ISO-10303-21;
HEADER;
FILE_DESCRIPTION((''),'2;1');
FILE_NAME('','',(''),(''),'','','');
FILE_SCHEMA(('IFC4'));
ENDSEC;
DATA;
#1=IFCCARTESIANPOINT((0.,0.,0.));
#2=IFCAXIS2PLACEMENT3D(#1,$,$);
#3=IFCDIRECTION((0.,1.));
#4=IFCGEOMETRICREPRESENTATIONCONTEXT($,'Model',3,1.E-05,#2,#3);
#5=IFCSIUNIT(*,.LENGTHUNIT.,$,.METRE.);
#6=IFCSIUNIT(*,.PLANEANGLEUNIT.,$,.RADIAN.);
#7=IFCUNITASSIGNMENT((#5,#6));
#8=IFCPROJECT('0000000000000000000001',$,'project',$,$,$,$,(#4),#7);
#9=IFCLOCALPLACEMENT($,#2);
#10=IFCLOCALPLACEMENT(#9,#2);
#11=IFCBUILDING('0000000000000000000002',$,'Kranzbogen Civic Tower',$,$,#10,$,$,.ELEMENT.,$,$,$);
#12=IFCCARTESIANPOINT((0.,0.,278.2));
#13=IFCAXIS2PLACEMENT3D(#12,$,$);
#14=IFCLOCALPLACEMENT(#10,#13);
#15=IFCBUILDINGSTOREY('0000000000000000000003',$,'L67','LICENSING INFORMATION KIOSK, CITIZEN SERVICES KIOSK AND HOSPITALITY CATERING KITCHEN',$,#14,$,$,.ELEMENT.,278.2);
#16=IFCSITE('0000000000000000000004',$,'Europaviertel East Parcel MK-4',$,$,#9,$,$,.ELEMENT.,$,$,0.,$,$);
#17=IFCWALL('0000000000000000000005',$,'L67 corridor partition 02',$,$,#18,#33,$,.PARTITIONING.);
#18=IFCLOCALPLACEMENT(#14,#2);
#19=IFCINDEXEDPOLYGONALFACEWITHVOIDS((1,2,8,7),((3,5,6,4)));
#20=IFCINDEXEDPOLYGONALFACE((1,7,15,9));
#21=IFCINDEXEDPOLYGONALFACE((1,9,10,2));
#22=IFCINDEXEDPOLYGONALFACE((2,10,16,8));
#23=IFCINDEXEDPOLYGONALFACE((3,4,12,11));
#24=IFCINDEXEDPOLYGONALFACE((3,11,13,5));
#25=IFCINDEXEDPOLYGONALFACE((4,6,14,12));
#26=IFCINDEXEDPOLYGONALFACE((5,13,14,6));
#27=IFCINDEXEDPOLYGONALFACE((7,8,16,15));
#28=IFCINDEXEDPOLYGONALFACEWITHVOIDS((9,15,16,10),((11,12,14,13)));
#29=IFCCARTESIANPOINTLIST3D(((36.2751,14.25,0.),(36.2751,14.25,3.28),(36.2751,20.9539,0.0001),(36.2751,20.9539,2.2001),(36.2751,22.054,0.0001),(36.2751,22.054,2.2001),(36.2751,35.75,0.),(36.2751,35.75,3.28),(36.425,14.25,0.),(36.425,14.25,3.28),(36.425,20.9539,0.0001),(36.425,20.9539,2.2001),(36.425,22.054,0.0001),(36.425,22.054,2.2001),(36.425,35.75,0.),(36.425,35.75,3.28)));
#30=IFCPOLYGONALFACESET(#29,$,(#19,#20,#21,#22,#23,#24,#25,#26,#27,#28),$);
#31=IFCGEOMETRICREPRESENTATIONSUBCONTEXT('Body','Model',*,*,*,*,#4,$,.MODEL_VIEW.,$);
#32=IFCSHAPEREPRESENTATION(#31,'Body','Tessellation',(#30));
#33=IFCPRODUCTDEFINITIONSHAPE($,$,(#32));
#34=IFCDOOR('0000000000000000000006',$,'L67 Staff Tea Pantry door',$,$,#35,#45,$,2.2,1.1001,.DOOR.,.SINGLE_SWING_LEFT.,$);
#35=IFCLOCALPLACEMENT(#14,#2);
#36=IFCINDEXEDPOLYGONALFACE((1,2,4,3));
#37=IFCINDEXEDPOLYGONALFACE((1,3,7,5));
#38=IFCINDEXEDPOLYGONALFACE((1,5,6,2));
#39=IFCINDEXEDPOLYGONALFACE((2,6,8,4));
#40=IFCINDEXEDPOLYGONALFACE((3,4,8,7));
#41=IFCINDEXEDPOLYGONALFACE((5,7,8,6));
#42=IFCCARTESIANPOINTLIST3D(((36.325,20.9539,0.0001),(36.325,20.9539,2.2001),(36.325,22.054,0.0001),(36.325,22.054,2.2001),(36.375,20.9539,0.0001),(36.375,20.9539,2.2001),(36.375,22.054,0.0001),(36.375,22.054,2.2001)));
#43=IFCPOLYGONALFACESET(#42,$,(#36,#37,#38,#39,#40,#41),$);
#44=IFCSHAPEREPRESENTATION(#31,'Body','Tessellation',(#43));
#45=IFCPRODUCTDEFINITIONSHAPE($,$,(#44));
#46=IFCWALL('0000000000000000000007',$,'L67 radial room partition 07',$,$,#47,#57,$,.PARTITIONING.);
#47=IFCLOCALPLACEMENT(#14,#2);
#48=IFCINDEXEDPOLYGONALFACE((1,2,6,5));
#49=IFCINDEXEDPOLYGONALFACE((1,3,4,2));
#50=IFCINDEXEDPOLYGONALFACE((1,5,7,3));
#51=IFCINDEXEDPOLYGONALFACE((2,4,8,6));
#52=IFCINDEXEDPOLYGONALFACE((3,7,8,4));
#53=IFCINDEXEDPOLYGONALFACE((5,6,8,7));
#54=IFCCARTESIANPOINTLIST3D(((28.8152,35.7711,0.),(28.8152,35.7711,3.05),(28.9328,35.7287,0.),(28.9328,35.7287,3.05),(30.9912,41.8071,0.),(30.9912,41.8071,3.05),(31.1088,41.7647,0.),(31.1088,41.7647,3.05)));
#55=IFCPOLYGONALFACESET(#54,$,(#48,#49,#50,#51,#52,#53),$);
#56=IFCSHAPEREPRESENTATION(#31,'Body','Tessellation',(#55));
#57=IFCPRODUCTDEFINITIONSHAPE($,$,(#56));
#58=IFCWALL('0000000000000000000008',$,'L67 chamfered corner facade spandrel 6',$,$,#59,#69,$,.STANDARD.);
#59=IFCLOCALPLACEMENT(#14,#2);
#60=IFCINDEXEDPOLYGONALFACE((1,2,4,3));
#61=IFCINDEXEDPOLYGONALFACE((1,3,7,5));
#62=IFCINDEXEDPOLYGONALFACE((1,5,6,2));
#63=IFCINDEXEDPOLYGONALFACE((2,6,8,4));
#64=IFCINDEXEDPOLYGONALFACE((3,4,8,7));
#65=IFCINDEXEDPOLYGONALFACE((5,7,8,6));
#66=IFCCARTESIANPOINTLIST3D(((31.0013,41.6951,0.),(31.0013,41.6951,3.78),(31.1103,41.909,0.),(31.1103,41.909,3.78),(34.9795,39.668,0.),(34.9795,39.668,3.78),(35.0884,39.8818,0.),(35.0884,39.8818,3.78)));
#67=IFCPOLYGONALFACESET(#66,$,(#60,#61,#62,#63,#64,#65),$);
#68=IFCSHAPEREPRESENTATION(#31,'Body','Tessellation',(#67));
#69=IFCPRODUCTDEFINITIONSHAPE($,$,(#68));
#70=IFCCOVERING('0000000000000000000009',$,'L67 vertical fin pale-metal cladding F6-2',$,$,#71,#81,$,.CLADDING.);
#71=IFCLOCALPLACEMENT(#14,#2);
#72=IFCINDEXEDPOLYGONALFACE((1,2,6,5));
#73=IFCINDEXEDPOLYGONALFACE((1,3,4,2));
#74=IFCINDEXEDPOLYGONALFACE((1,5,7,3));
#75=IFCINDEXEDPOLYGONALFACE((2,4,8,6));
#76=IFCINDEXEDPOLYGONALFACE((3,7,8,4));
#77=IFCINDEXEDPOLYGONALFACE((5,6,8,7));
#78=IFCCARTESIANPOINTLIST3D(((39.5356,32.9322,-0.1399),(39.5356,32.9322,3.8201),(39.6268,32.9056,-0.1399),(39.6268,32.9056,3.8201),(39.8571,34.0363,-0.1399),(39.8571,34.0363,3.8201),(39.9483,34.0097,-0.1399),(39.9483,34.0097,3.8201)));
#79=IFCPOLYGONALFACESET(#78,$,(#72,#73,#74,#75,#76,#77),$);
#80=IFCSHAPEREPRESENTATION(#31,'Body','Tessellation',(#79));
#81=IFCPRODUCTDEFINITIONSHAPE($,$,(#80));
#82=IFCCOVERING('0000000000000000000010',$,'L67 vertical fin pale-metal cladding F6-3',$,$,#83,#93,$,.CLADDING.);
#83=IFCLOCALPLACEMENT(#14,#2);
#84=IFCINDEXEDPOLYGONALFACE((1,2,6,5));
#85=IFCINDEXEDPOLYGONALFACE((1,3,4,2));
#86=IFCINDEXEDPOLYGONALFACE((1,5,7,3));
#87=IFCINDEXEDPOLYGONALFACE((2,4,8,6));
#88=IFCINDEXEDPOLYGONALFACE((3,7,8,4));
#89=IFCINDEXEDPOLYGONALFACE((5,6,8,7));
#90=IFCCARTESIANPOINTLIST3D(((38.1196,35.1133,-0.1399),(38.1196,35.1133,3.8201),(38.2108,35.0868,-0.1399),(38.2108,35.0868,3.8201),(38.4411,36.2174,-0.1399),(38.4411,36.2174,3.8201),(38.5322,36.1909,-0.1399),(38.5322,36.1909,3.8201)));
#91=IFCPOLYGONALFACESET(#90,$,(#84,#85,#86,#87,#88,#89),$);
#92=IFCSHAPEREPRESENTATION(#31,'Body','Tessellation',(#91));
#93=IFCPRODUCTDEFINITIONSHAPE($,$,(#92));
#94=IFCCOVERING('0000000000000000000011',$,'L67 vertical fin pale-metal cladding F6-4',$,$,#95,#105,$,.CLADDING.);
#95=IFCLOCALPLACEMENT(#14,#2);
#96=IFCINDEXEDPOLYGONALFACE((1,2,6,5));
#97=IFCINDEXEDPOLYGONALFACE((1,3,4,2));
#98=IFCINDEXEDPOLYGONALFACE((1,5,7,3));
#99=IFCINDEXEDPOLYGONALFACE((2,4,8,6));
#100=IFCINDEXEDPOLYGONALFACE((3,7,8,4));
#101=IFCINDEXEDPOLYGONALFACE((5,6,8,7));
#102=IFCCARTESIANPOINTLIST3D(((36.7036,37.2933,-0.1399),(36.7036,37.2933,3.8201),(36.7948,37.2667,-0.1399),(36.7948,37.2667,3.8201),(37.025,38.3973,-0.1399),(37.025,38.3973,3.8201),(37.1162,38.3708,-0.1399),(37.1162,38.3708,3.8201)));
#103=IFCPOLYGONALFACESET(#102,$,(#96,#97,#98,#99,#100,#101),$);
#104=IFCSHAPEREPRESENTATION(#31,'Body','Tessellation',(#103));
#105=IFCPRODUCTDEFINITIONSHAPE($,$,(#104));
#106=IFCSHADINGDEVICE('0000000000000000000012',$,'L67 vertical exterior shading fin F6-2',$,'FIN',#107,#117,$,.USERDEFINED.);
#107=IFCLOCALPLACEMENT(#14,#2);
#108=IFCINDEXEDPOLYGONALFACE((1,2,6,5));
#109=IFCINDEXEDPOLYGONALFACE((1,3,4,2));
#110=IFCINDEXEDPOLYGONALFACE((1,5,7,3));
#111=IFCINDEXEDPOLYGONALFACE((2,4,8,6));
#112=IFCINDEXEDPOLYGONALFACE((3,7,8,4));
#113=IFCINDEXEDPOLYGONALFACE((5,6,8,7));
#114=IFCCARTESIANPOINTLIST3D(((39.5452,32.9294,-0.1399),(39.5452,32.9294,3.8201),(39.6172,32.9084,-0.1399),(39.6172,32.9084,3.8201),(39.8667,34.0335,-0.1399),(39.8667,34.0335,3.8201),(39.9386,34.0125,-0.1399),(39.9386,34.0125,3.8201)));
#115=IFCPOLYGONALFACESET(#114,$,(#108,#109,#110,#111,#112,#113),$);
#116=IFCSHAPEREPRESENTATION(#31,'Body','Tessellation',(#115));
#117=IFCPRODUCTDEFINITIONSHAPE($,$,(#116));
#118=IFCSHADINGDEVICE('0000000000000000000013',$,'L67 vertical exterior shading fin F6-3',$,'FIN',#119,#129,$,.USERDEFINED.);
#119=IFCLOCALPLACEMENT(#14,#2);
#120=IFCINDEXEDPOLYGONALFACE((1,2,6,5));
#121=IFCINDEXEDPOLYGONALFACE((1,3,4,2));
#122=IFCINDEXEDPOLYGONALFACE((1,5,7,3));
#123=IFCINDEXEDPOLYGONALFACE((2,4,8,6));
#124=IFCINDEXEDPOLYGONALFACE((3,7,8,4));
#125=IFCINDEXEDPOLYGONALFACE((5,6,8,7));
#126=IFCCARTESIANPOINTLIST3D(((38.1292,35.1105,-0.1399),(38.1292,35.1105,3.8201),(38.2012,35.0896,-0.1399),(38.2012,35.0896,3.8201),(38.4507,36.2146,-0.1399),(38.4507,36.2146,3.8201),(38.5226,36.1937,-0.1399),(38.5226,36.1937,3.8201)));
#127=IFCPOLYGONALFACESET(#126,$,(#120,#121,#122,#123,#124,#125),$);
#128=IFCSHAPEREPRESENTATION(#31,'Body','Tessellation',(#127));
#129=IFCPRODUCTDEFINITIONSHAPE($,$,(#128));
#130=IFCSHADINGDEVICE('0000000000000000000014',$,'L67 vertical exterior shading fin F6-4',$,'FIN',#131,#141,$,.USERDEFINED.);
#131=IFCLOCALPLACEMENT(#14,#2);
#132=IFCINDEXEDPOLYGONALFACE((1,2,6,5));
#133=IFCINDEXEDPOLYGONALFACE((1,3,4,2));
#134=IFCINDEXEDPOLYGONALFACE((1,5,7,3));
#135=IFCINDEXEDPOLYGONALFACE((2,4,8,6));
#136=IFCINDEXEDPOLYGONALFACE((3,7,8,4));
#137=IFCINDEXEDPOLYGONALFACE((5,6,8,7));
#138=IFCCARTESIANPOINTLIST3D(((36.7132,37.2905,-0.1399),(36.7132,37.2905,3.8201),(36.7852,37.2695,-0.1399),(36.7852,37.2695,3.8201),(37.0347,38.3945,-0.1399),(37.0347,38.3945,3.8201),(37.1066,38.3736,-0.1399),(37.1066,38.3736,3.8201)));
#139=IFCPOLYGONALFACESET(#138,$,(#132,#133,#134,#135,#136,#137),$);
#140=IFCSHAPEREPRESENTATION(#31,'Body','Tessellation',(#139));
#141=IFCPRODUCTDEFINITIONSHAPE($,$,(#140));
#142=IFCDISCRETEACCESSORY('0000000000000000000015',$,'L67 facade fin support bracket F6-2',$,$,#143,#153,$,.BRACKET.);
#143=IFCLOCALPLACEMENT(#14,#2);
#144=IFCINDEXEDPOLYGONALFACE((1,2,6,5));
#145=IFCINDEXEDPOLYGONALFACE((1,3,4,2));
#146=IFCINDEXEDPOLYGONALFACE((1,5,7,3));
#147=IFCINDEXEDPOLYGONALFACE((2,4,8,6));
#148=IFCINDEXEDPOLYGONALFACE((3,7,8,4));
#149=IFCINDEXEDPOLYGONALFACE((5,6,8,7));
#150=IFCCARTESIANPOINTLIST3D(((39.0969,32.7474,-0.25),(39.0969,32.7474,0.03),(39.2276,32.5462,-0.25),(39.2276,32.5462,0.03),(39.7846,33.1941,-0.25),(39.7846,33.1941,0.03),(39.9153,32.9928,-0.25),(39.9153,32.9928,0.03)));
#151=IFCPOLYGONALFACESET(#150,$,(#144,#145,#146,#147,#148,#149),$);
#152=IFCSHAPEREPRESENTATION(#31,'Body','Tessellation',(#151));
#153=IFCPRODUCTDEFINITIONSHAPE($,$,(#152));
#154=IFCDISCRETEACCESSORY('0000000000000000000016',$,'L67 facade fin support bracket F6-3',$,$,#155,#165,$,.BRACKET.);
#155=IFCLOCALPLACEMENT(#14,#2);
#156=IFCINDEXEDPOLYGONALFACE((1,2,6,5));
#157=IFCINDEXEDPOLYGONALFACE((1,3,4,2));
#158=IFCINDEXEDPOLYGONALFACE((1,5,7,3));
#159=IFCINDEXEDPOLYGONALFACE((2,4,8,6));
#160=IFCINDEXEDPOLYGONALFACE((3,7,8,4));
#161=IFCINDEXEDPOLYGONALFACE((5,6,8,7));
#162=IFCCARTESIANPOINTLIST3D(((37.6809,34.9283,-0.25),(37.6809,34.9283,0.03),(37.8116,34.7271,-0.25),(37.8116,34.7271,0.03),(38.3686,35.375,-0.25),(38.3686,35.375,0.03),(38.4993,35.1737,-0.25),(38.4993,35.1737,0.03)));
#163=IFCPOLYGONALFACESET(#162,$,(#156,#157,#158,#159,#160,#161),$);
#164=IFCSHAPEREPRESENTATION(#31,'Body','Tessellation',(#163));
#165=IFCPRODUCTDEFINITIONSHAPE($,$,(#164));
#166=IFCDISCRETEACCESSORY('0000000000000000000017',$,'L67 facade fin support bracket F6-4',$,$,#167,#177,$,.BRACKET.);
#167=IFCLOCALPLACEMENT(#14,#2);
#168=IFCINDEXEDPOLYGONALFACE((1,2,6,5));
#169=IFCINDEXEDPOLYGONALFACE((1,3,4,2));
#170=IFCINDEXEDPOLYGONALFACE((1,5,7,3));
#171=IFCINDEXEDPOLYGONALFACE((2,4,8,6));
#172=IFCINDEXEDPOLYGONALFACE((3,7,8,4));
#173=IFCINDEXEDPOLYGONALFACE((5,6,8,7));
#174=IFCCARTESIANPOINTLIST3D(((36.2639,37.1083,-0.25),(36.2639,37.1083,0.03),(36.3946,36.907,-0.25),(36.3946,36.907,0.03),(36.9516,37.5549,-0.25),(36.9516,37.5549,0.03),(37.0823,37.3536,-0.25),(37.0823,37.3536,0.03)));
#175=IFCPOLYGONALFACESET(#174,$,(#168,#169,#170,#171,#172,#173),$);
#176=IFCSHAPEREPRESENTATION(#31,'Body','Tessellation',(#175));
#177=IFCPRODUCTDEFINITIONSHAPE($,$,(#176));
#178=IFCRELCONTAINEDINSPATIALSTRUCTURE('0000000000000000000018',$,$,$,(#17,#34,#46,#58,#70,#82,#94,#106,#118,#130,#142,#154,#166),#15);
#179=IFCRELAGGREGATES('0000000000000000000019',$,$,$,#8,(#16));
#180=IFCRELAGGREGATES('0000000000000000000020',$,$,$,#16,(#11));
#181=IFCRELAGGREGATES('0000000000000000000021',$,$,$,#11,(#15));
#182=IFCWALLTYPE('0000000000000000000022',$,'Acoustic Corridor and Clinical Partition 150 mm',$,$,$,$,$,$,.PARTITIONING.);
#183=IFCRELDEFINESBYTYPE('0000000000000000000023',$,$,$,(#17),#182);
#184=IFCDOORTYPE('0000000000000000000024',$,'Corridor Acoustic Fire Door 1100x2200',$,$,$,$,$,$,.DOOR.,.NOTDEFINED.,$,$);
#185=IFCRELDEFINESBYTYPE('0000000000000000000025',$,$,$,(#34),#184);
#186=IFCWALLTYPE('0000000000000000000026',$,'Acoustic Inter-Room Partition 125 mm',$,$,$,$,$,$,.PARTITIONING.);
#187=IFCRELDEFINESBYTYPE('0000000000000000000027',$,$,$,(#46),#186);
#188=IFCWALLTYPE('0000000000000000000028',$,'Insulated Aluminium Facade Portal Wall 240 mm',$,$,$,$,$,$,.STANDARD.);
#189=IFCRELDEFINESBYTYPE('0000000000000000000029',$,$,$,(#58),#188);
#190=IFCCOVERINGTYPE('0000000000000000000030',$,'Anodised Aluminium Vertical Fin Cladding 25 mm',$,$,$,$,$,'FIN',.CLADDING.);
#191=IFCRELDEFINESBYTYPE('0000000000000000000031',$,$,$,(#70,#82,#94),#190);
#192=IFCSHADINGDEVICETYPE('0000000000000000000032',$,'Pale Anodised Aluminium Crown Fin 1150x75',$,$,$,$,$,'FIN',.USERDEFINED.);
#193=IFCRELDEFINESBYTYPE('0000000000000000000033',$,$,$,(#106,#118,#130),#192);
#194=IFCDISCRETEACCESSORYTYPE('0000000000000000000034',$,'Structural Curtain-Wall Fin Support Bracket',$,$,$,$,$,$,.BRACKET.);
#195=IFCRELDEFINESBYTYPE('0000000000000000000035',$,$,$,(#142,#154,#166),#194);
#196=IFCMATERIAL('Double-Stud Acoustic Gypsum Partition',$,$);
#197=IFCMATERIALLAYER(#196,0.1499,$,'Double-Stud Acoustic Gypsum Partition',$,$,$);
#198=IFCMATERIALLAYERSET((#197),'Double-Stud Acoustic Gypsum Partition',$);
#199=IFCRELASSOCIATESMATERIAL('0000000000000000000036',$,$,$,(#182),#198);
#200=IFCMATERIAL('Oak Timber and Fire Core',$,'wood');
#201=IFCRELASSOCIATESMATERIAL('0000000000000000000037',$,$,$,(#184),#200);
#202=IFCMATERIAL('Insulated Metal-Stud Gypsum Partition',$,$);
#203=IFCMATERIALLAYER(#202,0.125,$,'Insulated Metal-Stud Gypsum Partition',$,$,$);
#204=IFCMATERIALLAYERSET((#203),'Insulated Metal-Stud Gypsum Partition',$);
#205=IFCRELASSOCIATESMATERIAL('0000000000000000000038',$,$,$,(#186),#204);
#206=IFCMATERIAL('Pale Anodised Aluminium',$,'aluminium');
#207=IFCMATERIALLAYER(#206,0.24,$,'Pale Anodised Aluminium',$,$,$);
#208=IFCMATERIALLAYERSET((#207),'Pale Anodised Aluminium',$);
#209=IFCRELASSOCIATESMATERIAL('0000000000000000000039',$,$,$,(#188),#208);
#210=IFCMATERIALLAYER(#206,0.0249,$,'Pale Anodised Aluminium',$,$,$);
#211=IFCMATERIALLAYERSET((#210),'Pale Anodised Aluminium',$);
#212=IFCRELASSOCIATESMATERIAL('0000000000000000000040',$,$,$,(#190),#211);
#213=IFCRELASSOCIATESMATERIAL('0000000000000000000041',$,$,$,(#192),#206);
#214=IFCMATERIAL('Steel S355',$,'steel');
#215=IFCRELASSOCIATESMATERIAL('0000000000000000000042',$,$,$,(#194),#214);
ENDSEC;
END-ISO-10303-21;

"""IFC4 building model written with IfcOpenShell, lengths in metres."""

from ifc_helpers import new_model, si_unit, direction, frame, frame_2d, origin, origin_2d, place, context, subcontext, project, spatial, rectangle, extrude, material, layer, layer_set, type_object, element, fill, save


model = new_model("IFC4")

# Units and contexts
model_context = context("Model", 3, precision=1e-05, world=origin(), true_north=direction((0.0, 1.0)))
body_context = subcontext(model_context, "Body", "Model", "MODEL_VIEW")
ifc_project = project(units=[si_unit("LENGTHUNIT", "METRE"), si_unit("PLANEANGLEUNIT", "RADIAN")], contexts=[model_context])

# Site, building, storey
site_placement = place(None, origin())
site = spatial("IfcSite", under=ifc_project, at=site_placement, Name="Europaviertel East Parcel MK-4", CompositionType="ELEMENT", RefElevation=0.0)
building_placement = place(site_placement, origin())
building = spatial("IfcBuilding", under=site, at=building_placement, Name="Kranzbogen Civic Tower", CompositionType="ELEMENT")
storey_placement = place(building_placement, frame((0.0, 0.0, 278.2)))
storey = spatial("IfcBuildingStorey", under=building, at=storey_placement, Name="L67", Description="LICENSING INFORMATION KIOSK, CITIZEN SERVICES KIOSK AND HOSPITALITY CATERING KITCHEN", CompositionType="ELEMENT", Elevation=278.2)

# Shared definitions
ifc_material_1 = material(Name="Steel S355", Category="steel")

# Shared definitions
ifc_material_2 = material(Name="Pale Anodised Aluminium", Category="aluminium")

# Wall, opening, door
ifc_material_3 = material(Name="Double-Stud Acoustic Gypsum Partition")
ifc_layer_1 = layer(ifc_material_3, 0.1499, Name="Double-Stud Acoustic Gypsum Partition")
ifc_layer_set_1 = layer_set([ifc_layer_1], Name="Double-Stud Acoustic Gypsum Partition")
wall_type_1 = type_object("IfcWallType", Name="Acoustic Corridor and Clinical Partition 150 mm", PredefinedType="PARTITIONING", material=ifc_layer_set_1)
wall_1_placement = place(storey_placement, frame((36.3501, 35.75, 0.0), z_axis=(0.0, 0.0, 1.0), x_axis=(0.0, -1.0, 0.0)))
wall_1 = element("IfcWall", 1, at=wall_1_placement, inside=storey, type_object=wall_type_1, Name="L67 corridor partition 02", PredefinedType="PARTITIONING", context=body_context, shape_type="SweptSolid", body=[
    extrude(rectangle(XDim=21.5, YDim=0.1499, at=frame_2d((10.75, 0.0))), origin(), (0.0, 0.0, 1.0), 3.28),
])
opening_placement = place(wall_1_placement, frame((13.696, 0.0, 0.0)))
opening = element("IfcOpeningElement", 2, at=opening_placement, cuts=wall_1, PredefinedType="OPENING", context=body_context, shape_type="SweptSolid", body=[
    extrude(rectangle(XDim=1.1001, YDim=2.2, at=frame_2d((0.55, 1.1001))), frame((0.0, 0.085, 0.0), z_axis=(0.0, -1.0, 0.0), x_axis=(1.0, 0.0, 0.0)), (0.0, 0.0, 1.0), 0.1699),
])
ifc_material_4 = material(Name="Oak Timber and Fire Core", Category="wood")
door_type = type_object("IfcDoorType", Name="Corridor Acoustic Fire Door 1100x2200", OperationType="NOTDEFINED", PredefinedType="DOOR", material=ifc_material_4)
door_placement = place(opening_placement, origin())
door = element("IfcDoor", 3, at=door_placement, inside=storey, type_object=door_type, Name="L67 Staff Tea Pantry door", OperationType="SINGLE_SWING_LEFT", OverallHeight=2.2, OverallWidth=1.1001, PredefinedType="DOOR", context=body_context, shape_type="SweptSolid", body=[
    extrude(rectangle(XDim=1.1001, YDim=2.2, at=frame_2d((0.55, 1.1001))), frame((0.0, 0.0249, 0.0), z_axis=(0.0, -1.0, 0.0), x_axis=(1.0, 0.0, 0.0)), (0.0, 0.0, 1.0), 0.05),
])
fill(opening, door)

# Walls
ifc_material_5 = material(Name="Insulated Metal-Stud Gypsum Partition")
ifc_layer_2 = layer(ifc_material_5, 0.125, Name="Insulated Metal-Stud Gypsum Partition")
ifc_layer_set_2 = layer_set([ifc_layer_2], Name="Insulated Metal-Stud Gypsum Partition")
wall_type_2 = type_object("IfcWallType", Name="Acoustic Inter-Room Partition 125 mm", PredefinedType="PARTITIONING", material=ifc_layer_set_2)
wall_2_placement = place(storey_placement, frame((28.874, 35.75, 0.0), z_axis=(0.0, 0.0, 1.0), x_axis=(0.339148, 0.940733, 0.0)))
element("IfcWall", 4, at=wall_2_placement, inside=storey, type_object=wall_type_2, Name="L67 radial room partition 07", PredefinedType="PARTITIONING", context=body_context, shape_type="SweptSolid", body=[
    extrude(rectangle(XDim=6.4163, YDim=0.125, at=frame_2d((3.208, 0.0))), origin(), (0.0, 0.0, 1.0), 3.05),
])
ifc_layer_3 = layer(ifc_material_2, 0.24, Name="Pale Anodised Aluminium")
ifc_layer_set_3 = layer_set([ifc_layer_3], Name="Pale Anodised Aluminium")
wall_type_3 = type_object("IfcWallType", Name="Insulated Aluminium Facade Portal Wall 240 mm", PredefinedType="STANDARD", material=ifc_layer_set_3)
wall_3_placement = place(storey_placement, frame((35.0339, 39.7749, 0.0), z_axis=(0.0, 0.0, 1.0), x_axis=(-0.890989, 0.454025, 0.0)))
element("IfcWall", 5, at=wall_3_placement, inside=storey, type_object=wall_type_3, Name="L67 chamfered corner facade spandrel 6", PredefinedType="STANDARD", context=body_context, shape_type="SweptSolid", body=[
    extrude(rectangle(XDim=4.4648, YDim=0.24, at=frame_2d((2.2324, 0.0))), origin(), (0.0, 0.0, 1.0), 3.78),
])

# Coverings
ifc_layer_4 = layer(ifc_material_2, 0.0249, Name="Pale Anodised Aluminium")
ifc_layer_set_4 = layer_set([ifc_layer_4], Name="Pale Anodised Aluminium")
covering_type = type_object("IfcCoveringType", Name="Anodised Aluminium Vertical Fin Cladding 25 mm", ElementType="FIN", PredefinedType="CLADDING", material=ifc_layer_set_4)
for number, where, z_axis, x_axis, name in (
    (6, (39.7419, 33.4709, -0.1399), (0.0, 0.0, 1.0), (0.279544, 0.960133, 0.0), "L67 vertical fin pale-metal cladding F6-2"),
    (7, (38.3259, 35.6521, -0.1399), (0.0, 0.0, 1.0), (0.279544, 0.960133, 0.0), "L67 vertical fin pale-metal cladding F6-3"),
    (8, (36.9099, 37.832, -0.1399), (0.0, 0.0, 1.0), (0.279544, 0.960133, 0.0), "L67 vertical fin pale-metal cladding F6-4"),
):
    element("IfcCovering", number, at=place(storey_placement, frame(where, z_axis=z_axis, x_axis=x_axis)), inside=storey, type_object=covering_type, Name=name, PredefinedType="CLADDING", context=body_context, shape_type="SweptSolid", body=[
        extrude(rectangle(XDim=1.1499, YDim=0.095, at=origin_2d()), origin(), (0.0, 0.0, 1.0), 3.96),
    ])

# Shading devices
shading_device_type = type_object("IfcShadingDeviceType", Name="Pale Anodised Aluminium Crown Fin 1150x75", ElementType="FIN", PredefinedType="USERDEFINED", material=ifc_material_2)
for number, where, z_axis, x_axis, name in (
    (9, (39.7419, 33.4709, -0.1399), (0.0, 0.0, 1.0), (0.279544, 0.960133, 0.0), "L67 vertical exterior shading fin F6-2"),
    (10, (38.3259, 35.6521, -0.1399), (0.0, 0.0, 1.0), (0.279544, 0.960133, 0.0), "L67 vertical exterior shading fin F6-3"),
    (11, (36.9099, 37.832, -0.1399), (0.0, 0.0, 1.0), (0.279544, 0.960133, 0.0), "L67 vertical exterior shading fin F6-4"),
):
    element("IfcShadingDevice", number, at=place(storey_placement, frame(where, z_axis=z_axis, x_axis=x_axis)), inside=storey, type_object=shading_device_type, Name=name, ObjectType="FIN", PredefinedType="USERDEFINED", context=body_context, shape_type="SweptSolid", body=[
        extrude(rectangle(XDim=1.1499, YDim=0.075, at=origin_2d()), origin(), (0.0, 0.0, 1.0), 3.96),
    ])

# Discrete accessories
discrete_accessory_type = type_object("IfcDiscreteAccessoryType", Name="Structural Curtain-Wall Fin Support Bracket", PredefinedType="BRACKET", material=ifc_material_1)
for number, where, z_axis, x_axis, name in (
    (12, (39.5061, 32.8701, -0.25), (0.0, 0.0, 1.0), (0.838671, 0.544639, 0.0), "L67 facade fin support bracket F6-2"),
    (13, (38.0901, 35.051, -0.25), (0.0, 0.0, 1.0), (0.838671, 0.544639, 0.0), "L67 facade fin support bracket F6-3"),
    (14, (36.6731, 37.231, -0.25), (0.0, 0.0, 1.0), (0.838671, 0.544639, 0.0), "L67 facade fin support bracket F6-4"),
):
    element("IfcDiscreteAccessory", number, at=place(storey_placement, frame(where, z_axis=z_axis, x_axis=x_axis)), inside=storey, type_object=discrete_accessory_type, Name=name, PredefinedType="BRACKET", context=body_context, shape_type="SweptSolid", body=[
        extrude(rectangle(XDim=0.8201, YDim=0.24, at=origin_2d()), origin(), (0.0, 0.0, 1.0), 0.28),
    ])

save(model, "model.ifc")
